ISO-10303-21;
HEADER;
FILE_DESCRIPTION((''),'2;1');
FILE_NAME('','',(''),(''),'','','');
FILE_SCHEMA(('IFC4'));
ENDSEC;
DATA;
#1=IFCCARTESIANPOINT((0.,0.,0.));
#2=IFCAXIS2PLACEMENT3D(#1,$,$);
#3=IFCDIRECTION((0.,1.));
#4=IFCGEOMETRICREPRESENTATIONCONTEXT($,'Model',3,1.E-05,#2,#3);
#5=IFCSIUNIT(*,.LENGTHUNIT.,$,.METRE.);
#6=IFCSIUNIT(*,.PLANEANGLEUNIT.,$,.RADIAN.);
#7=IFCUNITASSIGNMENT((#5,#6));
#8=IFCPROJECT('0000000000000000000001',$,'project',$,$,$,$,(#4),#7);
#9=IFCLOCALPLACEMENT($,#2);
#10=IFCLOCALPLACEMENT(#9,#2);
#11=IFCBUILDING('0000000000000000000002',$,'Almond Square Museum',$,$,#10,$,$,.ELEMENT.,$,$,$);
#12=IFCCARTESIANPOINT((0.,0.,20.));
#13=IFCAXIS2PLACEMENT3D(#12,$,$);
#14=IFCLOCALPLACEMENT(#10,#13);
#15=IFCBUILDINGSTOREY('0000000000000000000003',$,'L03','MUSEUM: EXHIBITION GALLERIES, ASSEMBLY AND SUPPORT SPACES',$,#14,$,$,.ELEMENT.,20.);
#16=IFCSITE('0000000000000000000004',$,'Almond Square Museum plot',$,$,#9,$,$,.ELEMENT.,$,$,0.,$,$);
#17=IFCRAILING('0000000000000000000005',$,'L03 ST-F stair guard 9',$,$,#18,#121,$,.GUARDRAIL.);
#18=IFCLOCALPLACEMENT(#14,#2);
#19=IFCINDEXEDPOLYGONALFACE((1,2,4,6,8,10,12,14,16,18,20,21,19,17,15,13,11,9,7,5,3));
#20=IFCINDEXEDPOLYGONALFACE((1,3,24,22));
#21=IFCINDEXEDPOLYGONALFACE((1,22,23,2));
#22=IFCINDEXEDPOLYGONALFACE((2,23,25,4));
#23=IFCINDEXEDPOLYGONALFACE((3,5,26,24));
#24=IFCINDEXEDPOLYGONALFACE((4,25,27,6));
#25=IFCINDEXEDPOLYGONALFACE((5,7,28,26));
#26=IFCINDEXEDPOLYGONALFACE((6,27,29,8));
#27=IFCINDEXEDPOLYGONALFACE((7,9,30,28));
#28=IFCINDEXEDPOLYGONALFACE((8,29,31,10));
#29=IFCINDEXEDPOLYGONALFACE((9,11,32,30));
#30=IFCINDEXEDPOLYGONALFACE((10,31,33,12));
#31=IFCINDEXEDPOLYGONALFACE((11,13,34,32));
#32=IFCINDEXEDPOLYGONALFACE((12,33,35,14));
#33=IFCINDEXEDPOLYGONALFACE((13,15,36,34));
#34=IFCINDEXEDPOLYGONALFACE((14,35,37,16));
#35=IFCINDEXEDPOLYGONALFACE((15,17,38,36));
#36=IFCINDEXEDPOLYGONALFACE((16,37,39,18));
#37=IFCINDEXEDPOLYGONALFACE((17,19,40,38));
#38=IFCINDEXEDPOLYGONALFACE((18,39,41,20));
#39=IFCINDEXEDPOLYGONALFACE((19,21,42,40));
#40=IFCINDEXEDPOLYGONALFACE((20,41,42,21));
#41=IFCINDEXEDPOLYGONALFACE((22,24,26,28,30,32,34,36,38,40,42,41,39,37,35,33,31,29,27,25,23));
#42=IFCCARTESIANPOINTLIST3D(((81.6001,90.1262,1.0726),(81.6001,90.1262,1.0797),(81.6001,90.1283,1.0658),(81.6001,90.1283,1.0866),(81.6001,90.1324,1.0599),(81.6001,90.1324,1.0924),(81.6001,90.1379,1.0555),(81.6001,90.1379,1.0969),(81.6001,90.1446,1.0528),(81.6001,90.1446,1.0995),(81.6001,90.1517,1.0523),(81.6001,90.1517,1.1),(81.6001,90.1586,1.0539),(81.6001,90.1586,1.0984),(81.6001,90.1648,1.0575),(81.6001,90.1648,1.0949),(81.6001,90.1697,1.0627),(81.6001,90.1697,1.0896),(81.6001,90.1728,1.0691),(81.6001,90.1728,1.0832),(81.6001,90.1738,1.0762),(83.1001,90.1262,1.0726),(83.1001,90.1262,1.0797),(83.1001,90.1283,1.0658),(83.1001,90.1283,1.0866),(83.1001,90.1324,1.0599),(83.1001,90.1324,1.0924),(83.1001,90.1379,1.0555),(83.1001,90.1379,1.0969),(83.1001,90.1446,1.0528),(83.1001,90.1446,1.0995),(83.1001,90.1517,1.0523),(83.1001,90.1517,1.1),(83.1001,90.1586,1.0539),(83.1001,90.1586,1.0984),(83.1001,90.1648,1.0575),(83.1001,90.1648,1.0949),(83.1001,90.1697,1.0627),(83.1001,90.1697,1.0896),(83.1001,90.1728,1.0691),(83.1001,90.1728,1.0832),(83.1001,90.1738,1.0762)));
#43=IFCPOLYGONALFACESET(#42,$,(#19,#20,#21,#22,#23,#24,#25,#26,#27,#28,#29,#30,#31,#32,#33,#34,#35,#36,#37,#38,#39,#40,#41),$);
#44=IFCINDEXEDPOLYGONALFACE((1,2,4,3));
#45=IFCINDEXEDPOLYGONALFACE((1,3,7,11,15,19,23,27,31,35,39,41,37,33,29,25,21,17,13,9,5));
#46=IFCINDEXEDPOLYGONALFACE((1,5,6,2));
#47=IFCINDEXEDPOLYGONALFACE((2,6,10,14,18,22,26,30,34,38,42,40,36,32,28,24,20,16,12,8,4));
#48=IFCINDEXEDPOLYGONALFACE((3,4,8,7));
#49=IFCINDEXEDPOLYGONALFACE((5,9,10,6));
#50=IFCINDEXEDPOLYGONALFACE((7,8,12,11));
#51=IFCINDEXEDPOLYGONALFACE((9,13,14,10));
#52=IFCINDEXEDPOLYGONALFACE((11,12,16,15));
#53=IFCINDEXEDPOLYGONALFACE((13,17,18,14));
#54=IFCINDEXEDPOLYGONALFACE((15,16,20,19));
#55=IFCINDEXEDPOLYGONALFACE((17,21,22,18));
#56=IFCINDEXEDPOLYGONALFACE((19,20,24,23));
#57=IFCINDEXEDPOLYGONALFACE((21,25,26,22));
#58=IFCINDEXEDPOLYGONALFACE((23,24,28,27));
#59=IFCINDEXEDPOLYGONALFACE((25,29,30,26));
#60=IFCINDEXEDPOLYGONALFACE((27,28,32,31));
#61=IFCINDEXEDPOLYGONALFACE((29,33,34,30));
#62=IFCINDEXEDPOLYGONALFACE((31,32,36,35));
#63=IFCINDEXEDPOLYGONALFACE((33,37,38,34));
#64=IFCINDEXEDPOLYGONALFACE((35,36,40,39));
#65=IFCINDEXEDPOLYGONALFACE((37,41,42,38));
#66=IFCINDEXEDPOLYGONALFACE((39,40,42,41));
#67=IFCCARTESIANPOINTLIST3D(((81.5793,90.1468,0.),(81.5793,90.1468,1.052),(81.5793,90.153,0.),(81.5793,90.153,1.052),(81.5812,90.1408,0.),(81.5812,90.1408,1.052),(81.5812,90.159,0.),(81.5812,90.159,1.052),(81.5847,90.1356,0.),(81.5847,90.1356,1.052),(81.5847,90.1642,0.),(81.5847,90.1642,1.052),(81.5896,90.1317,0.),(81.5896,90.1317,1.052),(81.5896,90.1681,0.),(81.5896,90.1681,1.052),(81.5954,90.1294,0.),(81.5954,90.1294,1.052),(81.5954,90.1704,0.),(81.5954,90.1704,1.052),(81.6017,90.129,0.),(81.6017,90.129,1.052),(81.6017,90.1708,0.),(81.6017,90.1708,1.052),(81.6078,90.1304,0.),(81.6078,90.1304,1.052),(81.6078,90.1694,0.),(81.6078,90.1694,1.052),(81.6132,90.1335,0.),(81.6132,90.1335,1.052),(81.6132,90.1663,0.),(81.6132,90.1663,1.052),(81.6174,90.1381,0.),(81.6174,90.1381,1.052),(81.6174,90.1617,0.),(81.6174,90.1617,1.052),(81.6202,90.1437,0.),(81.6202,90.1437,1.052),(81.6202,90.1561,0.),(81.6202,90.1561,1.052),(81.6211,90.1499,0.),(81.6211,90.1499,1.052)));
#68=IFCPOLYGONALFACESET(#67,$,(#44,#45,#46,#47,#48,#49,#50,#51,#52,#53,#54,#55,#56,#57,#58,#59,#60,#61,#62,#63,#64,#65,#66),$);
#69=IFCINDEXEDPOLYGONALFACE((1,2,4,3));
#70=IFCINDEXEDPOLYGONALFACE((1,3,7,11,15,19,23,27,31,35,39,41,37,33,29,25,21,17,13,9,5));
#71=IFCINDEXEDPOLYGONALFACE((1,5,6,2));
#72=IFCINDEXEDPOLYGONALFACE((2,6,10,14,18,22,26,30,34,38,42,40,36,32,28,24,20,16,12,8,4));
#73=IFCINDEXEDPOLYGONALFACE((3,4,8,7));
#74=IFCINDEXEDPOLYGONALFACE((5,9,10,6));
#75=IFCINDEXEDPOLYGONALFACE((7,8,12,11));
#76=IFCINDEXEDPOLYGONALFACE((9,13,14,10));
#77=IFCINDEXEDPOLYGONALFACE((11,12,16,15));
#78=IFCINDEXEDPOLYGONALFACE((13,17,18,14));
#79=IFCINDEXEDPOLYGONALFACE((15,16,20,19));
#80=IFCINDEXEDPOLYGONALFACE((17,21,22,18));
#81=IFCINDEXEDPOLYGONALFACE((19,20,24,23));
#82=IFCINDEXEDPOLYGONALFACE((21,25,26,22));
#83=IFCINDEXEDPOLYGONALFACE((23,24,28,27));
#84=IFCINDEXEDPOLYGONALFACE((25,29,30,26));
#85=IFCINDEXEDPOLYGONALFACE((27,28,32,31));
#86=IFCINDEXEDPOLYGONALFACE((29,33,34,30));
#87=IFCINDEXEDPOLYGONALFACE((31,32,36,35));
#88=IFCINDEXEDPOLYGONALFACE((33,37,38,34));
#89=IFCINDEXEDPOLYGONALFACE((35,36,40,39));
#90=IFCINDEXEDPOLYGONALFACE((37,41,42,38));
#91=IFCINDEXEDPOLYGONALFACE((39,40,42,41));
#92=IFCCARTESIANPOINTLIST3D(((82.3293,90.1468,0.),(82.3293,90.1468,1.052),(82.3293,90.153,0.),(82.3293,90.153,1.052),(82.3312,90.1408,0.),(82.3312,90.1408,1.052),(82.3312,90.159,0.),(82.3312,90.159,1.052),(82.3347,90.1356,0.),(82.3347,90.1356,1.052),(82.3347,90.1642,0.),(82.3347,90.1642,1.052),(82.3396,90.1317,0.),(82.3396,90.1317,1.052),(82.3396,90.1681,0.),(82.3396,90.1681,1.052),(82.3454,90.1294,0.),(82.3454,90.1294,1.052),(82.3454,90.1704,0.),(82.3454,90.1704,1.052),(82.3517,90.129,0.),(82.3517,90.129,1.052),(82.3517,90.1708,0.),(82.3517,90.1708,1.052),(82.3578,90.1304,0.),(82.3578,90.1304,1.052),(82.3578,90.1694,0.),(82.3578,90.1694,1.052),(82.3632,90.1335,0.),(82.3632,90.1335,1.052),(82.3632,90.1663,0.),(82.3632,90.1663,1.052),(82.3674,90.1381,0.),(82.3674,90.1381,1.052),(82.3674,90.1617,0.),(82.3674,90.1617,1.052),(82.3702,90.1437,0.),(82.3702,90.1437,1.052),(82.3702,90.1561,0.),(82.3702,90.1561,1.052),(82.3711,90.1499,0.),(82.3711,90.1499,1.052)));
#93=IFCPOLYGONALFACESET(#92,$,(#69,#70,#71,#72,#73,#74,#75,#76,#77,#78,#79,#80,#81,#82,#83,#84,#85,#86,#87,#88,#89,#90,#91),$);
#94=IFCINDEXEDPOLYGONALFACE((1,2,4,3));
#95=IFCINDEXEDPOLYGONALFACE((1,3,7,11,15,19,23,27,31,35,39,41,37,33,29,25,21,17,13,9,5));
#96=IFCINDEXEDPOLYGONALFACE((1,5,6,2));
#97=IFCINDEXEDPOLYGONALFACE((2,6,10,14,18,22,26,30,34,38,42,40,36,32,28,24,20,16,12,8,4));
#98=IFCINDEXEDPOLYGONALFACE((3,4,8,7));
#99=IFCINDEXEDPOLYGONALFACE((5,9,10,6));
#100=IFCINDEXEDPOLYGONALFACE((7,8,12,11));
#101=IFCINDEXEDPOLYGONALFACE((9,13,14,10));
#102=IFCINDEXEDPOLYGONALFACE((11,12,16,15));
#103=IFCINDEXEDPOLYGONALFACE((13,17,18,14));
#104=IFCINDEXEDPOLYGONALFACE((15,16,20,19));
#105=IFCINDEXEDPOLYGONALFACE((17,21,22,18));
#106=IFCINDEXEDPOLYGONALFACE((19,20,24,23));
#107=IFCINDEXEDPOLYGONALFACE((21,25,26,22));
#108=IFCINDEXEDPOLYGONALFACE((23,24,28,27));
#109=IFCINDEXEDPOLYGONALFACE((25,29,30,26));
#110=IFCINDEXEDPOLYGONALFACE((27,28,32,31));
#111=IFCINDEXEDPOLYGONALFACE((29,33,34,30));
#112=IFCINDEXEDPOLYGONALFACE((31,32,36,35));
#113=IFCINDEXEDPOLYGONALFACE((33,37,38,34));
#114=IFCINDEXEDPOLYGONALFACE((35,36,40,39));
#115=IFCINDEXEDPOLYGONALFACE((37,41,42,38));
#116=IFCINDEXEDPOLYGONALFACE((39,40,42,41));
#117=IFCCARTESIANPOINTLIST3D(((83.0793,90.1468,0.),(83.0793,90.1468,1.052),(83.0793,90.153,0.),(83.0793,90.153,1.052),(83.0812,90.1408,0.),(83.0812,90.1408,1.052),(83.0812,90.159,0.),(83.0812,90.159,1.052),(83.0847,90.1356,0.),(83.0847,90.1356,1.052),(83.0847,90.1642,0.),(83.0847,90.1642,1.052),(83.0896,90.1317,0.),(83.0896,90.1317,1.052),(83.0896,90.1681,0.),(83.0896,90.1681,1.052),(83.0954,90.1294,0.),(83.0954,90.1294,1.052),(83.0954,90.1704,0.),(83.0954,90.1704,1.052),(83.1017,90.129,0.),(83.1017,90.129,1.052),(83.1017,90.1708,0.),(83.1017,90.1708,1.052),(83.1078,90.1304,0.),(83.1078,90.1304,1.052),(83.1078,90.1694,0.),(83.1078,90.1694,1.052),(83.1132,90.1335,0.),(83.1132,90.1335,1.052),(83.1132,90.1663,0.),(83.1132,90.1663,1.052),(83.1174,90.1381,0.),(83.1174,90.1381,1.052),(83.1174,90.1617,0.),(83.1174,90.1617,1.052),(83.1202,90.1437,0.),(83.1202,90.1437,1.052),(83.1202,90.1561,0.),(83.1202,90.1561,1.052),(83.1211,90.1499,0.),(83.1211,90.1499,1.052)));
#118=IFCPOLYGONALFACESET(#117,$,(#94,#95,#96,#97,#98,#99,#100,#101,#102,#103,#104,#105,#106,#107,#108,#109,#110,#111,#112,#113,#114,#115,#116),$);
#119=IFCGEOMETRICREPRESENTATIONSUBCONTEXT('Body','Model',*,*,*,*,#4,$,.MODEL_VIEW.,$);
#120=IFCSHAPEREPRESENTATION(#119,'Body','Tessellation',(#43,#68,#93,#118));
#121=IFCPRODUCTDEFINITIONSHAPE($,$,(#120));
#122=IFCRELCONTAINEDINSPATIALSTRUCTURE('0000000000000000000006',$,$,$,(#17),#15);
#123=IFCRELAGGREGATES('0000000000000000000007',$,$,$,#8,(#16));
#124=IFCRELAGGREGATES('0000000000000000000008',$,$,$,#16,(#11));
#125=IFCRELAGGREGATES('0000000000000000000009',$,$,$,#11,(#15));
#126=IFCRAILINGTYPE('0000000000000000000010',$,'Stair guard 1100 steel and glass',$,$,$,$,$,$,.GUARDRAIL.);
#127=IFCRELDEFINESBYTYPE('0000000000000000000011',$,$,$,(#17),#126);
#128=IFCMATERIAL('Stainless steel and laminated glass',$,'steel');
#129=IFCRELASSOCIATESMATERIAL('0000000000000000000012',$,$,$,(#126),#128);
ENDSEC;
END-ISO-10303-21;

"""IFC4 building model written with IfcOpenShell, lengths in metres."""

from ifc_helpers import new_model, si_unit, direction, frame, origin, origin_2d, place, context, subcontext, project, spatial, circle, extrude, material, type_object, element, save


model = new_model("IFC4")

# Units and contexts
model_context = context("Model", 3, precision=1e-05, world=origin(), true_north=direction((0.0, 1.0)))
body_context = subcontext(model_context, "Body", "Model", "MODEL_VIEW")
ifc_project = project(units=[si_unit("LENGTHUNIT", "METRE"), si_unit("PLANEANGLEUNIT", "RADIAN")], contexts=[model_context])

# Site, building, storey
site_placement = place(None, origin())
site = spatial("IfcSite", under=ifc_project, at=site_placement, Name="Almond Square Museum plot", CompositionType="ELEMENT", RefElevation=0.0)
building_placement = place(site_placement, origin())
building = spatial("IfcBuilding", under=site, at=building_placement, Name="Almond Square Museum", CompositionType="ELEMENT")
storey_placement = place(building_placement, frame((0.0, 0.0, 20.0)))
storey = spatial("IfcBuildingStorey", under=building, at=storey_placement, Name="L03", Description="MUSEUM: EXHIBITION GALLERIES, ASSEMBLY AND SUPPORT SPACES", CompositionType="ELEMENT", Elevation=20.0)

# Railing
ifc_material_1 = material(Name="Stainless steel and laminated glass", Category="steel")
railing_type_1 = type_object("IfcRailingType", Name="Stair guard 1100 steel and glass", PredefinedType="GUARDRAIL", material=ifc_material_1)
for number, where, name in (
    (1, (81.6001, 90.1499, 0.0), "L03 ST-F stair guard 9"),
):
    element("IfcRailing", number, at=place(storey_placement, frame(where)), inside=storey, type_object=railing_type_1, Name=name, PredefinedType="GUARDRAIL", context=body_context, shape_type="SweptSolid", body=[
        extrude(circle(Radius=0.0239, at=origin_2d()), frame((0.0, 0.0, 1.0762), z_axis=(1.0, 0.0, 0.0), x_axis=(0.0, 1.0, 0.0)), (0.0, 0.0, 1.0), 1.5),
        extrude(circle(Radius=0.021, at=origin_2d()), origin(), (0.0, 0.0, 1.0), 1.052),
        extrude(circle(Radius=0.021, at=origin_2d()), frame((0.75, 0.0, 0.0)), (0.0, 0.0, 1.0), 1.052),
        extrude(circle(Radius=0.021, at=origin_2d()), frame((1.5, 0.0, 0.0)), (0.0, 0.0, 1.0), 1.052),
    ])

save(model, "model.ifc")
